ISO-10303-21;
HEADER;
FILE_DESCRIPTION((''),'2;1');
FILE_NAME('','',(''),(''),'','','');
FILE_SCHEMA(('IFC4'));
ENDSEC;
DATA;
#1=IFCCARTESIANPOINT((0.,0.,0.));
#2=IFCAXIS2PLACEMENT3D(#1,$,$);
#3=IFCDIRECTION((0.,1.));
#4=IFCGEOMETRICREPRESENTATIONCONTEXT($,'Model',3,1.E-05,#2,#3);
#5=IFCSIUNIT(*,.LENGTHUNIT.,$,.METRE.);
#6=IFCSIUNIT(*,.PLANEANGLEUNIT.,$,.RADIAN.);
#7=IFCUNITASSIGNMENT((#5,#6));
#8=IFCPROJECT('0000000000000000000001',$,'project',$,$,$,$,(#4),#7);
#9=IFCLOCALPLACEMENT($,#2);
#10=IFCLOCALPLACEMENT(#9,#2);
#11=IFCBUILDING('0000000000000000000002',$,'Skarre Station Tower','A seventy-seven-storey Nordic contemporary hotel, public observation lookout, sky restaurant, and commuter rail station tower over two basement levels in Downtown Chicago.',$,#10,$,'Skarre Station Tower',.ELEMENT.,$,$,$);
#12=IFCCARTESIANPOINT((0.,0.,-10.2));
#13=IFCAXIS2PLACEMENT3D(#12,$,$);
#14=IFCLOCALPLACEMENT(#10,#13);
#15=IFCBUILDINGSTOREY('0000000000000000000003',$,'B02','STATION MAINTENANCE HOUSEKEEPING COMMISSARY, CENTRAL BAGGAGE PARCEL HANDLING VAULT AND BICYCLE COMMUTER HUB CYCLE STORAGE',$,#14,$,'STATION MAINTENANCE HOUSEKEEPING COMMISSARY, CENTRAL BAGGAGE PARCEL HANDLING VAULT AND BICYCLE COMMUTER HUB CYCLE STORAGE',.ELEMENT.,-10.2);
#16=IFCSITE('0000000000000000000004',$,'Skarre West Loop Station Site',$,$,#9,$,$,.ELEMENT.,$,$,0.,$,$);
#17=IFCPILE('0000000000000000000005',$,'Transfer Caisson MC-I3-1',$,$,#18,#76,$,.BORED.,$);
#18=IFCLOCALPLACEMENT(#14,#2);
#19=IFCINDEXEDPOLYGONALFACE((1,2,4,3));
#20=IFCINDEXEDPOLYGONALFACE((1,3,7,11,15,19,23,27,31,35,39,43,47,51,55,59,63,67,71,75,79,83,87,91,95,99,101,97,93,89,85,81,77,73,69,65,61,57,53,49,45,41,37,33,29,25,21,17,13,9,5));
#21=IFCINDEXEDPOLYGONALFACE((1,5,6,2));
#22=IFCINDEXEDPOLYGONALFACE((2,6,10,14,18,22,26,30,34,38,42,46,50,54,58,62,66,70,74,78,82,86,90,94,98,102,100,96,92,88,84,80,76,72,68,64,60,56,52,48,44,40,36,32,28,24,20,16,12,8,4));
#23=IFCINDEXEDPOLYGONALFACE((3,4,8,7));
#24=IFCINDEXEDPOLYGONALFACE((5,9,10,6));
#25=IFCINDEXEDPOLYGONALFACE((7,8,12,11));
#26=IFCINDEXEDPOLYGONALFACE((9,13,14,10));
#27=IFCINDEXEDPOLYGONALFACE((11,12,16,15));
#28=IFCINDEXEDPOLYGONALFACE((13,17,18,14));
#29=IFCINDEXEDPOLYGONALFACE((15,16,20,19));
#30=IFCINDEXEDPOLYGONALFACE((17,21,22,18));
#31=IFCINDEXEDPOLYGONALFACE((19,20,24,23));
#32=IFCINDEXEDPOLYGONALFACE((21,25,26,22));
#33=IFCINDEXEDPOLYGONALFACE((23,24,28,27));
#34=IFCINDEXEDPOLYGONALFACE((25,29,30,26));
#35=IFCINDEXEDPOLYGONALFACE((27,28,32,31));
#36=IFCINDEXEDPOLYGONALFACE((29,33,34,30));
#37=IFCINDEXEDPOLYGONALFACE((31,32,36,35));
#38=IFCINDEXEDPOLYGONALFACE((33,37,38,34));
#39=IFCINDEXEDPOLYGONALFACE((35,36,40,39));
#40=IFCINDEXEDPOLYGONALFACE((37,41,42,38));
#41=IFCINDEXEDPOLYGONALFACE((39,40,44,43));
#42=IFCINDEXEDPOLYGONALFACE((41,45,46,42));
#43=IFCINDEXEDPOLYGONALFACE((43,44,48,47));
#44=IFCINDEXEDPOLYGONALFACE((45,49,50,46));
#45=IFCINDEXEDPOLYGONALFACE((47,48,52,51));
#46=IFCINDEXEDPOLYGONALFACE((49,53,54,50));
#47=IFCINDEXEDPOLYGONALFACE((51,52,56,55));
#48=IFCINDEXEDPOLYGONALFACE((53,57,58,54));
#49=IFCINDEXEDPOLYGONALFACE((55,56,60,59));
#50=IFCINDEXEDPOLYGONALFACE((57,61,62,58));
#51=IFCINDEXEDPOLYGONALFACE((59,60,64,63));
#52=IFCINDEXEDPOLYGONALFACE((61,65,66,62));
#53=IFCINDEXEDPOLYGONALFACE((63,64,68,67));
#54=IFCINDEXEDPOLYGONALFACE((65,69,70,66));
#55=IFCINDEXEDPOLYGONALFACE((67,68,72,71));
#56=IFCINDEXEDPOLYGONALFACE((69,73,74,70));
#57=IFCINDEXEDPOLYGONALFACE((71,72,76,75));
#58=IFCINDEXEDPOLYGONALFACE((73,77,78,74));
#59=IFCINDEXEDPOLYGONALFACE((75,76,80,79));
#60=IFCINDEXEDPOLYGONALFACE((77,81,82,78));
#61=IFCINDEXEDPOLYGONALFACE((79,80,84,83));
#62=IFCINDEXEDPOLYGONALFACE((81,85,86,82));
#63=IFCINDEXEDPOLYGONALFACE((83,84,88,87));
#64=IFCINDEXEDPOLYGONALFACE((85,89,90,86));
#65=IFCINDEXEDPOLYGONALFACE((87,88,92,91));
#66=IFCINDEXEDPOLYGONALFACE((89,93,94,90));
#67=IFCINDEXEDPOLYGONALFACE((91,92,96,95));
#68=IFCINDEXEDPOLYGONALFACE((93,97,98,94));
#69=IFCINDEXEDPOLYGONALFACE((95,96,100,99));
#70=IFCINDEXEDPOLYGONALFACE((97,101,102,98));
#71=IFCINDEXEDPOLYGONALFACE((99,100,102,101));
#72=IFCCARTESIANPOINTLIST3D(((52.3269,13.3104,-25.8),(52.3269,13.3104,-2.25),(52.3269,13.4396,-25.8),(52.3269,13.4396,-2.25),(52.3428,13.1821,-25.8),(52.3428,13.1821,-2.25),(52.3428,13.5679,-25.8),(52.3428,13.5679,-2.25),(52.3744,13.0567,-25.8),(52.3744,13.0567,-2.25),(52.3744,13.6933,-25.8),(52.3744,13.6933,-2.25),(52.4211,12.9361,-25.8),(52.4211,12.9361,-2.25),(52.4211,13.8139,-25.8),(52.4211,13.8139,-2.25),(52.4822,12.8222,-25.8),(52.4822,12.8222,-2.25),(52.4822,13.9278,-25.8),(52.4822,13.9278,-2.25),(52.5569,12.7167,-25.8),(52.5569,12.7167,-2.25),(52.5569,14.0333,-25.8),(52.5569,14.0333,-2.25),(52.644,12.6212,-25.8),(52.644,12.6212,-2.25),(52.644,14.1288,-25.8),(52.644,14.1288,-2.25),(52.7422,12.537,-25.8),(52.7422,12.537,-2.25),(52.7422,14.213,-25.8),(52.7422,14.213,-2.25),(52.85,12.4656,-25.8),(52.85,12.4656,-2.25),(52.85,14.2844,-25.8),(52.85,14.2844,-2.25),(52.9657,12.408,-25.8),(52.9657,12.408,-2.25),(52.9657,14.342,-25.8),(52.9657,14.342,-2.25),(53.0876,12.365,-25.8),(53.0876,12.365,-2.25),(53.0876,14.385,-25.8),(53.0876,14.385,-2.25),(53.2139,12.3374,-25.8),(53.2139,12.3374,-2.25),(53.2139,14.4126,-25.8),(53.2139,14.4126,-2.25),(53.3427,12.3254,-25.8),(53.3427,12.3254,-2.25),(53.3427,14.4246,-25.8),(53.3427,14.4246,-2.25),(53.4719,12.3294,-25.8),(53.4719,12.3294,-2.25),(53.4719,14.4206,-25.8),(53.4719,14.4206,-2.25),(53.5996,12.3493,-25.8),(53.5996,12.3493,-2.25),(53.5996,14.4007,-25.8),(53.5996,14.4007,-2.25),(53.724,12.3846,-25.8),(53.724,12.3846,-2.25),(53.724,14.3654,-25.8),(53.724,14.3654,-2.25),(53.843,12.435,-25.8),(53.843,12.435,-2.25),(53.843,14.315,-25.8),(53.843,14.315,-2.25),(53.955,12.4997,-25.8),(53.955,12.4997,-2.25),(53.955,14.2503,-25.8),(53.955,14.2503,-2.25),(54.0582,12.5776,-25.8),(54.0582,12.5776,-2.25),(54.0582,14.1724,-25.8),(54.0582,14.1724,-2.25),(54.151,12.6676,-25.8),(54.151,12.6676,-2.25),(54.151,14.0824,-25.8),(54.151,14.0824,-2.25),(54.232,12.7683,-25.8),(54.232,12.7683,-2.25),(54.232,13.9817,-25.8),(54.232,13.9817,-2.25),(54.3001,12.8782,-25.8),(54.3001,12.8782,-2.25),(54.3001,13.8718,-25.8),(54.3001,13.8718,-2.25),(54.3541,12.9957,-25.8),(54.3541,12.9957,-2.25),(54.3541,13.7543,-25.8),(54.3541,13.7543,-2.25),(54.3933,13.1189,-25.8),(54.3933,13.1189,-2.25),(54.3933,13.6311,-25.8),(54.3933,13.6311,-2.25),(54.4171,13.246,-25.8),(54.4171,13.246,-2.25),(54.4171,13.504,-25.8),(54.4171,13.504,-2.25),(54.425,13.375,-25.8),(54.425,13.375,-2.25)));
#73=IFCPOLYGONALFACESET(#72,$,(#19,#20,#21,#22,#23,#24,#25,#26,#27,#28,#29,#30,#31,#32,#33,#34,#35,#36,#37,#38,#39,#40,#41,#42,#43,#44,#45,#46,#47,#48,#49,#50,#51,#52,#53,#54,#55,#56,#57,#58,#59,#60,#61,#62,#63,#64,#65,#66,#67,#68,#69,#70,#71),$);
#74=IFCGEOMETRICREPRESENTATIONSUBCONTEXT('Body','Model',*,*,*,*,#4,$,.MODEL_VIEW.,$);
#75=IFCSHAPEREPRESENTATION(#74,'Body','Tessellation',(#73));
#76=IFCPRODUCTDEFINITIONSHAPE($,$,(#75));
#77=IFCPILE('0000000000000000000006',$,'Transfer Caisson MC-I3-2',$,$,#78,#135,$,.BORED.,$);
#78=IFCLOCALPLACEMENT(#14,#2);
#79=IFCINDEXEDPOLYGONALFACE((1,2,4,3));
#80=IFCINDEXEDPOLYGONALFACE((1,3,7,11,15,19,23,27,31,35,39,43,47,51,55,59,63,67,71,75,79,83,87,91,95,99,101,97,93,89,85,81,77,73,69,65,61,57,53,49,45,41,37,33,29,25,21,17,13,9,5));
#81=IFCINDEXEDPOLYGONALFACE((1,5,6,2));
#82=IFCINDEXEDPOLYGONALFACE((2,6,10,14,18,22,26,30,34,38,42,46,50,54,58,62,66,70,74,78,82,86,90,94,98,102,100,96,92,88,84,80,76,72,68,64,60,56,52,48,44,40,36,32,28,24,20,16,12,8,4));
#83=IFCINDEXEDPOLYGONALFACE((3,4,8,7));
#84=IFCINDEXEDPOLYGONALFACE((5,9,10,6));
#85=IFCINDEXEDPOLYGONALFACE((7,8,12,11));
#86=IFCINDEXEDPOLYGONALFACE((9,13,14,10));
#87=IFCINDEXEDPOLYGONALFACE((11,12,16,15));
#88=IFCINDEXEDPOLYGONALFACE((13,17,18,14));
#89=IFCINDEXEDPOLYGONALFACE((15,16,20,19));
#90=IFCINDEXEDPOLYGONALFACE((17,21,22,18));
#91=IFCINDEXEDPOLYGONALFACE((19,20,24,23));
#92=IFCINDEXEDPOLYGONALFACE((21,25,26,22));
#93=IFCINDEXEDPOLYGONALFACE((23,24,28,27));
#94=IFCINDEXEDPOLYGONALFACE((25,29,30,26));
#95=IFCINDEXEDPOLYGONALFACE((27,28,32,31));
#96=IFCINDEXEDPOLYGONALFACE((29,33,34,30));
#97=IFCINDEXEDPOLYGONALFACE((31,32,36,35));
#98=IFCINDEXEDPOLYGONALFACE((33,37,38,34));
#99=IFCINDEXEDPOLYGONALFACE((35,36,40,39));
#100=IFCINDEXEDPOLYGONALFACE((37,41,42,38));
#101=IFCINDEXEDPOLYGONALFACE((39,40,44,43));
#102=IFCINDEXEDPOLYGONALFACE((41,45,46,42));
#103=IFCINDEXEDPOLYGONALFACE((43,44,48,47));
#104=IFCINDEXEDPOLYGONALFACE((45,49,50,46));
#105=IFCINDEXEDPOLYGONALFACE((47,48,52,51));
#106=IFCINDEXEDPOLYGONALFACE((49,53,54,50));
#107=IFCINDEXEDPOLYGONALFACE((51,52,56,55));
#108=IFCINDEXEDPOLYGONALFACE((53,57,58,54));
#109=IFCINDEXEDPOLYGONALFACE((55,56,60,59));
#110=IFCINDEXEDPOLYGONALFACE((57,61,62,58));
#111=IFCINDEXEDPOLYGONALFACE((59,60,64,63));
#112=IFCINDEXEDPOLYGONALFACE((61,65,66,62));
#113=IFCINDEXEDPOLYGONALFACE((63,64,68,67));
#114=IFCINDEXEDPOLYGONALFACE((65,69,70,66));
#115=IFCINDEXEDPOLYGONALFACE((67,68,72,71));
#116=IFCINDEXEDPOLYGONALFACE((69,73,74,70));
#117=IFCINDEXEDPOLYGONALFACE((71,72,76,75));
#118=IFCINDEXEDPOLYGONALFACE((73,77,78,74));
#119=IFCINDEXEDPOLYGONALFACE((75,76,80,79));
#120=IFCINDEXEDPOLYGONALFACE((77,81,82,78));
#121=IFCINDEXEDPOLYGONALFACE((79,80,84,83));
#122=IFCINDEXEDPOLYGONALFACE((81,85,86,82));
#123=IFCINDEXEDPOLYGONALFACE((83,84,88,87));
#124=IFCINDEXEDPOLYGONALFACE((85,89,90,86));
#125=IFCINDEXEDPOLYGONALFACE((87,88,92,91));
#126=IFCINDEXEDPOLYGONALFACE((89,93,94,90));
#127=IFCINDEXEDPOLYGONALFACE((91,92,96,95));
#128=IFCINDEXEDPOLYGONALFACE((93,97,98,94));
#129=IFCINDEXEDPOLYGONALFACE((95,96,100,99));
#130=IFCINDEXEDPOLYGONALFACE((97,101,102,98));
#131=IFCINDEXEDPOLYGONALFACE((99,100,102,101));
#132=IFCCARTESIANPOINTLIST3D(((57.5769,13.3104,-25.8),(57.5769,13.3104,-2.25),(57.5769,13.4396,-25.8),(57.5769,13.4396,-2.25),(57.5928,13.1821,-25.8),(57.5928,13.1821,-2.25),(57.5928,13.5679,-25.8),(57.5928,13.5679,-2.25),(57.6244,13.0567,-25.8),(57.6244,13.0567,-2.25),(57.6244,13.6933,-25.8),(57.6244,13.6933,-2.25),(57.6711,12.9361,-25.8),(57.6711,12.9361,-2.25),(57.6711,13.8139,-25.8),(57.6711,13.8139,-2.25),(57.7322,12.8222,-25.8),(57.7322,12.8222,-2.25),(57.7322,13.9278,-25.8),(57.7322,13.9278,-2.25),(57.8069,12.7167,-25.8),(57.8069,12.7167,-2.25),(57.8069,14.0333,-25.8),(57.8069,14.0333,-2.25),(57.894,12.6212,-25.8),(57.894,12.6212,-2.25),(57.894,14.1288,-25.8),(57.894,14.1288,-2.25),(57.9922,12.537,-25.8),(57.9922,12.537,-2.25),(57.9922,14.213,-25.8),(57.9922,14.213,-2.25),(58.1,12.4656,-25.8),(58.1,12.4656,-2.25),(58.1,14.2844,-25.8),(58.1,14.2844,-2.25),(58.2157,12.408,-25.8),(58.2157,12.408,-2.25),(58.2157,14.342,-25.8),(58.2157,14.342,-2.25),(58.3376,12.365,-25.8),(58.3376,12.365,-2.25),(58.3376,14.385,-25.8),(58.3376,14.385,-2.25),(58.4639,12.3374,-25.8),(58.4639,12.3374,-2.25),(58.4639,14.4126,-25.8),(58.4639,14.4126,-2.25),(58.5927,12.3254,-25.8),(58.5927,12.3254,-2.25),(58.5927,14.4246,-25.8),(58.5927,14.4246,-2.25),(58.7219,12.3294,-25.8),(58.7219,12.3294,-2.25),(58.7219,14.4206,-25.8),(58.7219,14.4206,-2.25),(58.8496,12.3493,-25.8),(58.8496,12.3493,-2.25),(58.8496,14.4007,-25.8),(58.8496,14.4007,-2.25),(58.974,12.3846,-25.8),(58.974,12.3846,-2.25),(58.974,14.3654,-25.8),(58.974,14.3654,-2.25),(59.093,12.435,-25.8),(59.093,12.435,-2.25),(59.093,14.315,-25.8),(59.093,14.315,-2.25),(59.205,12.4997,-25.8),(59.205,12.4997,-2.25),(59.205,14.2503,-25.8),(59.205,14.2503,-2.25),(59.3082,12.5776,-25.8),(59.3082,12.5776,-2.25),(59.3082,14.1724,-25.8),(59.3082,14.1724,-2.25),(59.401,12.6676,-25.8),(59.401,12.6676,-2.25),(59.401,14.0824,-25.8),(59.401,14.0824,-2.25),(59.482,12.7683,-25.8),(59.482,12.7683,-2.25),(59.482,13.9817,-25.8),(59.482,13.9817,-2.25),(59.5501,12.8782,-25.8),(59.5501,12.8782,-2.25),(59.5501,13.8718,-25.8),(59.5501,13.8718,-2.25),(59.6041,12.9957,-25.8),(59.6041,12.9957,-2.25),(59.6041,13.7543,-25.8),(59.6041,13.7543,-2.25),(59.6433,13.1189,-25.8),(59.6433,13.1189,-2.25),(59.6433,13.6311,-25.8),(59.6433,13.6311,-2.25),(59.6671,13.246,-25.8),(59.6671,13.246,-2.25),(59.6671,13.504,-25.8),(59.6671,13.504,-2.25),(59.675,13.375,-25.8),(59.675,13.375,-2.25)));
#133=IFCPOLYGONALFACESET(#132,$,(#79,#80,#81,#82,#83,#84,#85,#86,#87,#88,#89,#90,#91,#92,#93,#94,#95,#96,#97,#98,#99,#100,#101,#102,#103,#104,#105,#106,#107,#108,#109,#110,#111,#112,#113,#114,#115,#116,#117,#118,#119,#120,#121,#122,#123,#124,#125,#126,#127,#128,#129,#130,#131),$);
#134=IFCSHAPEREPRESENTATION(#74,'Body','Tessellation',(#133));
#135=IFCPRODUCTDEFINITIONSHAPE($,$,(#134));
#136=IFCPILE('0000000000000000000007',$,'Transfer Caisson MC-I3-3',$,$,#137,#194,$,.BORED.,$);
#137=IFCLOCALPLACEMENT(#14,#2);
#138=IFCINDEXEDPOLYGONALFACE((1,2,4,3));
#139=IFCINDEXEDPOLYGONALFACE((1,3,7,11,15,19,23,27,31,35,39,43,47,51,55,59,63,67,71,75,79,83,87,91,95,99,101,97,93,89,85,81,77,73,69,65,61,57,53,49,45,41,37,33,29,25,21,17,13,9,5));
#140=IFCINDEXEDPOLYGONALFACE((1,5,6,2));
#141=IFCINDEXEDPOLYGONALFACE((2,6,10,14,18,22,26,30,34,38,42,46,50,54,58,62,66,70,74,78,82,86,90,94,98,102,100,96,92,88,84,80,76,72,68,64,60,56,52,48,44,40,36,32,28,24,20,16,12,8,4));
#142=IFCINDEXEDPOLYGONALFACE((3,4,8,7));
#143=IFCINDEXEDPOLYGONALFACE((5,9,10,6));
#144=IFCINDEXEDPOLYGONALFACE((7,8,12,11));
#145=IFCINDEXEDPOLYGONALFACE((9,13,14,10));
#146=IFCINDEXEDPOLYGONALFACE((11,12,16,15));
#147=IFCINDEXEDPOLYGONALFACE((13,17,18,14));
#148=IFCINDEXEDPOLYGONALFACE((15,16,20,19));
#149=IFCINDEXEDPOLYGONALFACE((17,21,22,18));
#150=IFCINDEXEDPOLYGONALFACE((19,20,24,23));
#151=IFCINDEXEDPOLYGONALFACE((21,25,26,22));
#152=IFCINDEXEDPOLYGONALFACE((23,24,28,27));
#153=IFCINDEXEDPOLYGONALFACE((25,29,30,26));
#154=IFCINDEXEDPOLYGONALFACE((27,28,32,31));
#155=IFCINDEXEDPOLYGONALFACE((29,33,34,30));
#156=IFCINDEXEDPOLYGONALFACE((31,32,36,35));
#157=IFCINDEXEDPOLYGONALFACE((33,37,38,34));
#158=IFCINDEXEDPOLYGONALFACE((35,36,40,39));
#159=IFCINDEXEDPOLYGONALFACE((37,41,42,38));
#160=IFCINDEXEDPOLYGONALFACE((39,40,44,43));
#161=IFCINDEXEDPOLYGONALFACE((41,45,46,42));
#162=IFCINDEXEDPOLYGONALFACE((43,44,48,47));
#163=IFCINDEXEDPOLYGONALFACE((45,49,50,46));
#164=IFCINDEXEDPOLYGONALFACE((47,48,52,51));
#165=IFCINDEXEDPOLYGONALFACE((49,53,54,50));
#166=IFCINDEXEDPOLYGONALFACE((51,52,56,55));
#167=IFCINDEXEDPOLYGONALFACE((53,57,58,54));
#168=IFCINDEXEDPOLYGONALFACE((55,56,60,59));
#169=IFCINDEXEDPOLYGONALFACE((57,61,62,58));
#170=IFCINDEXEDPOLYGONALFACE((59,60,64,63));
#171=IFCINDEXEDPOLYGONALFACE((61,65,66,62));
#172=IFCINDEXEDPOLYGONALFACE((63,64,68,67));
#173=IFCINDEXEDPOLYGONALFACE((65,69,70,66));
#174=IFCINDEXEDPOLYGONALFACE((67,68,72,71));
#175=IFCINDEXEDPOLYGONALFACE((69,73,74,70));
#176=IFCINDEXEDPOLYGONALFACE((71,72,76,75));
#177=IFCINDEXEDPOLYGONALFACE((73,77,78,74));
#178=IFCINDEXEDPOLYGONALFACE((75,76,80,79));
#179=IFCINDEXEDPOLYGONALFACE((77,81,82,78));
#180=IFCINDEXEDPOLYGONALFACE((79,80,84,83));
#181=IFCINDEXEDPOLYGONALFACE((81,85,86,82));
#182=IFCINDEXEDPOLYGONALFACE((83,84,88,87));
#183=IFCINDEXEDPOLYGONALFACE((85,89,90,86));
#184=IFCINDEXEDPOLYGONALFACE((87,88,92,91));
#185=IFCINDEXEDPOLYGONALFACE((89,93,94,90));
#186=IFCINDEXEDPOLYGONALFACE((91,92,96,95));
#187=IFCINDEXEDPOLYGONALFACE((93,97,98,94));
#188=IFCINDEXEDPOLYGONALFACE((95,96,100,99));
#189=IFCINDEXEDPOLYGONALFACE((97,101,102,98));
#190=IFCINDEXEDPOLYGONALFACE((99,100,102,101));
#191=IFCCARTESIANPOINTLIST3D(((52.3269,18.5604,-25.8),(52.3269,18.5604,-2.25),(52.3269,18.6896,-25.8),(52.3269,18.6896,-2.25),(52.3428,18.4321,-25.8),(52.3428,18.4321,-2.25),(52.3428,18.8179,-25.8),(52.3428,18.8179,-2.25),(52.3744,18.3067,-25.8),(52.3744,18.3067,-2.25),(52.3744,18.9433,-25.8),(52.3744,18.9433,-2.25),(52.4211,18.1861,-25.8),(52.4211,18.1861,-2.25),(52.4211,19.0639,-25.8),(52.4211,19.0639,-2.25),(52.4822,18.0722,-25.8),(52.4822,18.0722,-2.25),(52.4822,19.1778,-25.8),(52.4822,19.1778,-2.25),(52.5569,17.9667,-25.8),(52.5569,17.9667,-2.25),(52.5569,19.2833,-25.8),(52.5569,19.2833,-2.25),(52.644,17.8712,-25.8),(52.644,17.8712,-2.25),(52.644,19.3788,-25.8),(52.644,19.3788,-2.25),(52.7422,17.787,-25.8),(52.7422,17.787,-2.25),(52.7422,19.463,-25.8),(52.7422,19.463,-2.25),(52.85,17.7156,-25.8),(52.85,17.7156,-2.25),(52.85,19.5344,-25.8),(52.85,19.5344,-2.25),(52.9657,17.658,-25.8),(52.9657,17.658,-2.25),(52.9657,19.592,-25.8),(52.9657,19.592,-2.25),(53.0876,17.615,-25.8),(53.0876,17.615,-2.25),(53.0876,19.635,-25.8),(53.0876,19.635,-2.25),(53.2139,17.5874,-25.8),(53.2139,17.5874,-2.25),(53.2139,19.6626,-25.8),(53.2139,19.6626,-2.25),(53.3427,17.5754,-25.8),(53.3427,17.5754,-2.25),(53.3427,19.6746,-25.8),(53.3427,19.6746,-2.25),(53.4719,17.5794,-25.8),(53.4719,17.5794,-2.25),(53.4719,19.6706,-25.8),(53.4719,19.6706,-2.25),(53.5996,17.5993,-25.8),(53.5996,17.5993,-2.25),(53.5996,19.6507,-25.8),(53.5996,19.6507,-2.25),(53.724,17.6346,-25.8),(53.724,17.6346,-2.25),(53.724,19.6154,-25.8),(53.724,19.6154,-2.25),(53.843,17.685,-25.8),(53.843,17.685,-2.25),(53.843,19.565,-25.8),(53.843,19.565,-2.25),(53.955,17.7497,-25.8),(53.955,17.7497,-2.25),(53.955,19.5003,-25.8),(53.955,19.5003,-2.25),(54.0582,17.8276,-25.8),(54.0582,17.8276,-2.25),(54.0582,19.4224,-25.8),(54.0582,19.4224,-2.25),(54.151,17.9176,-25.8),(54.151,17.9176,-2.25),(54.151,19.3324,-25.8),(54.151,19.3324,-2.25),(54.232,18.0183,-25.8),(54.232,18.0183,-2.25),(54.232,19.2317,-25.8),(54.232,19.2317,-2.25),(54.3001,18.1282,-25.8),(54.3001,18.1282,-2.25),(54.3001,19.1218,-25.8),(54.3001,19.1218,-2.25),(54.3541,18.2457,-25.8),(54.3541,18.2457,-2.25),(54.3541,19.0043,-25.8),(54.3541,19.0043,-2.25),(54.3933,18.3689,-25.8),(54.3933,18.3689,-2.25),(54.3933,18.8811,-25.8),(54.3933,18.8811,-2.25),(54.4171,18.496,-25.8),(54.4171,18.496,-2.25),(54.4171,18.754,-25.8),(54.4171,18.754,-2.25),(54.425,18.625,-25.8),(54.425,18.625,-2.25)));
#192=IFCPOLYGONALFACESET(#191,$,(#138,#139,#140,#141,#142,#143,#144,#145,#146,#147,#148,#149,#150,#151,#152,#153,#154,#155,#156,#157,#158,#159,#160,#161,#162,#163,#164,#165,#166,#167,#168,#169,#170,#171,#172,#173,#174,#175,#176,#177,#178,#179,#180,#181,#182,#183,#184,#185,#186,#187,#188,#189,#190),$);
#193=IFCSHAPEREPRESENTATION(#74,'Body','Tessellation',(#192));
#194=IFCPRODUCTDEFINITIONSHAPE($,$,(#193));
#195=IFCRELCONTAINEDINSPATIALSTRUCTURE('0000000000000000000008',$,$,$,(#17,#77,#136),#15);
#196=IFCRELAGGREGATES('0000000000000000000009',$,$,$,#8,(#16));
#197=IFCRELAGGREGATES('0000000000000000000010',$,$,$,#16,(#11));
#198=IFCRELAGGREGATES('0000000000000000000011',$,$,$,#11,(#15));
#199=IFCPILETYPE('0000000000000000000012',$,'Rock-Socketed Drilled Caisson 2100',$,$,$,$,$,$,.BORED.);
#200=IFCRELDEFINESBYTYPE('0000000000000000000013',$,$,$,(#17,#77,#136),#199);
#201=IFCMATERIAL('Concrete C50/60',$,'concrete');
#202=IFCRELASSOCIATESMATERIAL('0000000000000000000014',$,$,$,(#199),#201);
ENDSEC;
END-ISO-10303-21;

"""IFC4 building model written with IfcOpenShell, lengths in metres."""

from ifc_helpers import new_model, si_unit, direction, frame, origin, origin_2d, place, context, subcontext, project, spatial, circle, extrude, material, material_profile, profile_set, type_object, element, save


model = new_model("IFC4")

# Units and contexts
model_context = context("Model", 3, precision=1e-05, world=origin(), true_north=direction((0.0, 1.0)))
body_context = subcontext(model_context, "Body", "Model", "MODEL_VIEW")
ifc_project = project(units=[si_unit("LENGTHUNIT", "METRE"), si_unit("PLANEANGLEUNIT", "RADIAN")], contexts=[model_context])

# Site, building, storey
site_placement = place(None, origin())
site = spatial("IfcSite", under=ifc_project, at=site_placement, Name="Skarre West Loop Station Site", CompositionType="ELEMENT", RefElevation=0.0)
building_placement = place(site_placement, origin())
building = spatial("IfcBuilding", under=site, at=building_placement, Name="Skarre Station Tower", Description="A seventy-seven-storey Nordic contemporary hotel, public observation lookout, sky restaurant, and commuter rail station tower over two basement levels in Downtown Chicago.", LongName="Skarre Station Tower", CompositionType="ELEMENT")
storey_placement = place(building_placement, frame((0.0, 0.0, -10.2)))
storey = spatial("IfcBuildingStorey", under=building, at=storey_placement, Name="B02", Description="STATION MAINTENANCE HOUSEKEEPING COMMISSARY, CENTRAL BAGGAGE PARCEL HANDLING VAULT AND BICYCLE COMMUTER HUB CYCLE STORAGE", LongName="STATION MAINTENANCE HOUSEKEEPING COMMISSARY, CENTRAL BAGGAGE PARCEL HANDLING VAULT AND BICYCLE COMMUTER HUB CYCLE STORAGE", CompositionType="ELEMENT", Elevation=-10.2)

# Shared definitions
ifc_material_1 = material(Name="Concrete C50/60", Category="concrete")

# Piles
ifc_material_profile_1 = material_profile(ifc_material_1, circle(Radius=1.05, at=origin_2d()), Name="Concrete C50/60")
ifc_profile_set_1 = profile_set([ifc_material_profile_1], Name="Concrete C50/60")
pile_type_1 = type_object("IfcPileType", Name="Rock-Socketed Drilled Caisson 2100", PredefinedType="BORED", material=ifc_profile_set_1)
for number, where, z_axis, x_axis, name in (
    (1, (53.375, 13.375, -2.25), (0.0, 0.0, -1.0), (1.0, 0.0, 0.0), "Transfer Caisson MC-I3-1"),
    (2, (58.625, 13.375, -2.25), (0.0, 0.0, -1.0), (1.0, 0.0, 0.0), "Transfer Caisson MC-I3-2"),
    (3, (53.375, 18.625, -2.25), (0.0, 0.0, -1.0), (1.0, 0.0, 0.0), "Transfer Caisson MC-I3-3"),
):
    element("IfcPile", number, at=place(storey_placement, frame(where, z_axis=z_axis, x_axis=x_axis)), inside=storey, type_object=pile_type_1, Name=name, PredefinedType="BORED", context=body_context, shape_type="SweptSolid", body=[
        extrude(circle(Radius=1.05, at=origin_2d()), origin(), (0.0, 0.0, 1.0), 23.55),
    ])

save(model, "model.ifc")
